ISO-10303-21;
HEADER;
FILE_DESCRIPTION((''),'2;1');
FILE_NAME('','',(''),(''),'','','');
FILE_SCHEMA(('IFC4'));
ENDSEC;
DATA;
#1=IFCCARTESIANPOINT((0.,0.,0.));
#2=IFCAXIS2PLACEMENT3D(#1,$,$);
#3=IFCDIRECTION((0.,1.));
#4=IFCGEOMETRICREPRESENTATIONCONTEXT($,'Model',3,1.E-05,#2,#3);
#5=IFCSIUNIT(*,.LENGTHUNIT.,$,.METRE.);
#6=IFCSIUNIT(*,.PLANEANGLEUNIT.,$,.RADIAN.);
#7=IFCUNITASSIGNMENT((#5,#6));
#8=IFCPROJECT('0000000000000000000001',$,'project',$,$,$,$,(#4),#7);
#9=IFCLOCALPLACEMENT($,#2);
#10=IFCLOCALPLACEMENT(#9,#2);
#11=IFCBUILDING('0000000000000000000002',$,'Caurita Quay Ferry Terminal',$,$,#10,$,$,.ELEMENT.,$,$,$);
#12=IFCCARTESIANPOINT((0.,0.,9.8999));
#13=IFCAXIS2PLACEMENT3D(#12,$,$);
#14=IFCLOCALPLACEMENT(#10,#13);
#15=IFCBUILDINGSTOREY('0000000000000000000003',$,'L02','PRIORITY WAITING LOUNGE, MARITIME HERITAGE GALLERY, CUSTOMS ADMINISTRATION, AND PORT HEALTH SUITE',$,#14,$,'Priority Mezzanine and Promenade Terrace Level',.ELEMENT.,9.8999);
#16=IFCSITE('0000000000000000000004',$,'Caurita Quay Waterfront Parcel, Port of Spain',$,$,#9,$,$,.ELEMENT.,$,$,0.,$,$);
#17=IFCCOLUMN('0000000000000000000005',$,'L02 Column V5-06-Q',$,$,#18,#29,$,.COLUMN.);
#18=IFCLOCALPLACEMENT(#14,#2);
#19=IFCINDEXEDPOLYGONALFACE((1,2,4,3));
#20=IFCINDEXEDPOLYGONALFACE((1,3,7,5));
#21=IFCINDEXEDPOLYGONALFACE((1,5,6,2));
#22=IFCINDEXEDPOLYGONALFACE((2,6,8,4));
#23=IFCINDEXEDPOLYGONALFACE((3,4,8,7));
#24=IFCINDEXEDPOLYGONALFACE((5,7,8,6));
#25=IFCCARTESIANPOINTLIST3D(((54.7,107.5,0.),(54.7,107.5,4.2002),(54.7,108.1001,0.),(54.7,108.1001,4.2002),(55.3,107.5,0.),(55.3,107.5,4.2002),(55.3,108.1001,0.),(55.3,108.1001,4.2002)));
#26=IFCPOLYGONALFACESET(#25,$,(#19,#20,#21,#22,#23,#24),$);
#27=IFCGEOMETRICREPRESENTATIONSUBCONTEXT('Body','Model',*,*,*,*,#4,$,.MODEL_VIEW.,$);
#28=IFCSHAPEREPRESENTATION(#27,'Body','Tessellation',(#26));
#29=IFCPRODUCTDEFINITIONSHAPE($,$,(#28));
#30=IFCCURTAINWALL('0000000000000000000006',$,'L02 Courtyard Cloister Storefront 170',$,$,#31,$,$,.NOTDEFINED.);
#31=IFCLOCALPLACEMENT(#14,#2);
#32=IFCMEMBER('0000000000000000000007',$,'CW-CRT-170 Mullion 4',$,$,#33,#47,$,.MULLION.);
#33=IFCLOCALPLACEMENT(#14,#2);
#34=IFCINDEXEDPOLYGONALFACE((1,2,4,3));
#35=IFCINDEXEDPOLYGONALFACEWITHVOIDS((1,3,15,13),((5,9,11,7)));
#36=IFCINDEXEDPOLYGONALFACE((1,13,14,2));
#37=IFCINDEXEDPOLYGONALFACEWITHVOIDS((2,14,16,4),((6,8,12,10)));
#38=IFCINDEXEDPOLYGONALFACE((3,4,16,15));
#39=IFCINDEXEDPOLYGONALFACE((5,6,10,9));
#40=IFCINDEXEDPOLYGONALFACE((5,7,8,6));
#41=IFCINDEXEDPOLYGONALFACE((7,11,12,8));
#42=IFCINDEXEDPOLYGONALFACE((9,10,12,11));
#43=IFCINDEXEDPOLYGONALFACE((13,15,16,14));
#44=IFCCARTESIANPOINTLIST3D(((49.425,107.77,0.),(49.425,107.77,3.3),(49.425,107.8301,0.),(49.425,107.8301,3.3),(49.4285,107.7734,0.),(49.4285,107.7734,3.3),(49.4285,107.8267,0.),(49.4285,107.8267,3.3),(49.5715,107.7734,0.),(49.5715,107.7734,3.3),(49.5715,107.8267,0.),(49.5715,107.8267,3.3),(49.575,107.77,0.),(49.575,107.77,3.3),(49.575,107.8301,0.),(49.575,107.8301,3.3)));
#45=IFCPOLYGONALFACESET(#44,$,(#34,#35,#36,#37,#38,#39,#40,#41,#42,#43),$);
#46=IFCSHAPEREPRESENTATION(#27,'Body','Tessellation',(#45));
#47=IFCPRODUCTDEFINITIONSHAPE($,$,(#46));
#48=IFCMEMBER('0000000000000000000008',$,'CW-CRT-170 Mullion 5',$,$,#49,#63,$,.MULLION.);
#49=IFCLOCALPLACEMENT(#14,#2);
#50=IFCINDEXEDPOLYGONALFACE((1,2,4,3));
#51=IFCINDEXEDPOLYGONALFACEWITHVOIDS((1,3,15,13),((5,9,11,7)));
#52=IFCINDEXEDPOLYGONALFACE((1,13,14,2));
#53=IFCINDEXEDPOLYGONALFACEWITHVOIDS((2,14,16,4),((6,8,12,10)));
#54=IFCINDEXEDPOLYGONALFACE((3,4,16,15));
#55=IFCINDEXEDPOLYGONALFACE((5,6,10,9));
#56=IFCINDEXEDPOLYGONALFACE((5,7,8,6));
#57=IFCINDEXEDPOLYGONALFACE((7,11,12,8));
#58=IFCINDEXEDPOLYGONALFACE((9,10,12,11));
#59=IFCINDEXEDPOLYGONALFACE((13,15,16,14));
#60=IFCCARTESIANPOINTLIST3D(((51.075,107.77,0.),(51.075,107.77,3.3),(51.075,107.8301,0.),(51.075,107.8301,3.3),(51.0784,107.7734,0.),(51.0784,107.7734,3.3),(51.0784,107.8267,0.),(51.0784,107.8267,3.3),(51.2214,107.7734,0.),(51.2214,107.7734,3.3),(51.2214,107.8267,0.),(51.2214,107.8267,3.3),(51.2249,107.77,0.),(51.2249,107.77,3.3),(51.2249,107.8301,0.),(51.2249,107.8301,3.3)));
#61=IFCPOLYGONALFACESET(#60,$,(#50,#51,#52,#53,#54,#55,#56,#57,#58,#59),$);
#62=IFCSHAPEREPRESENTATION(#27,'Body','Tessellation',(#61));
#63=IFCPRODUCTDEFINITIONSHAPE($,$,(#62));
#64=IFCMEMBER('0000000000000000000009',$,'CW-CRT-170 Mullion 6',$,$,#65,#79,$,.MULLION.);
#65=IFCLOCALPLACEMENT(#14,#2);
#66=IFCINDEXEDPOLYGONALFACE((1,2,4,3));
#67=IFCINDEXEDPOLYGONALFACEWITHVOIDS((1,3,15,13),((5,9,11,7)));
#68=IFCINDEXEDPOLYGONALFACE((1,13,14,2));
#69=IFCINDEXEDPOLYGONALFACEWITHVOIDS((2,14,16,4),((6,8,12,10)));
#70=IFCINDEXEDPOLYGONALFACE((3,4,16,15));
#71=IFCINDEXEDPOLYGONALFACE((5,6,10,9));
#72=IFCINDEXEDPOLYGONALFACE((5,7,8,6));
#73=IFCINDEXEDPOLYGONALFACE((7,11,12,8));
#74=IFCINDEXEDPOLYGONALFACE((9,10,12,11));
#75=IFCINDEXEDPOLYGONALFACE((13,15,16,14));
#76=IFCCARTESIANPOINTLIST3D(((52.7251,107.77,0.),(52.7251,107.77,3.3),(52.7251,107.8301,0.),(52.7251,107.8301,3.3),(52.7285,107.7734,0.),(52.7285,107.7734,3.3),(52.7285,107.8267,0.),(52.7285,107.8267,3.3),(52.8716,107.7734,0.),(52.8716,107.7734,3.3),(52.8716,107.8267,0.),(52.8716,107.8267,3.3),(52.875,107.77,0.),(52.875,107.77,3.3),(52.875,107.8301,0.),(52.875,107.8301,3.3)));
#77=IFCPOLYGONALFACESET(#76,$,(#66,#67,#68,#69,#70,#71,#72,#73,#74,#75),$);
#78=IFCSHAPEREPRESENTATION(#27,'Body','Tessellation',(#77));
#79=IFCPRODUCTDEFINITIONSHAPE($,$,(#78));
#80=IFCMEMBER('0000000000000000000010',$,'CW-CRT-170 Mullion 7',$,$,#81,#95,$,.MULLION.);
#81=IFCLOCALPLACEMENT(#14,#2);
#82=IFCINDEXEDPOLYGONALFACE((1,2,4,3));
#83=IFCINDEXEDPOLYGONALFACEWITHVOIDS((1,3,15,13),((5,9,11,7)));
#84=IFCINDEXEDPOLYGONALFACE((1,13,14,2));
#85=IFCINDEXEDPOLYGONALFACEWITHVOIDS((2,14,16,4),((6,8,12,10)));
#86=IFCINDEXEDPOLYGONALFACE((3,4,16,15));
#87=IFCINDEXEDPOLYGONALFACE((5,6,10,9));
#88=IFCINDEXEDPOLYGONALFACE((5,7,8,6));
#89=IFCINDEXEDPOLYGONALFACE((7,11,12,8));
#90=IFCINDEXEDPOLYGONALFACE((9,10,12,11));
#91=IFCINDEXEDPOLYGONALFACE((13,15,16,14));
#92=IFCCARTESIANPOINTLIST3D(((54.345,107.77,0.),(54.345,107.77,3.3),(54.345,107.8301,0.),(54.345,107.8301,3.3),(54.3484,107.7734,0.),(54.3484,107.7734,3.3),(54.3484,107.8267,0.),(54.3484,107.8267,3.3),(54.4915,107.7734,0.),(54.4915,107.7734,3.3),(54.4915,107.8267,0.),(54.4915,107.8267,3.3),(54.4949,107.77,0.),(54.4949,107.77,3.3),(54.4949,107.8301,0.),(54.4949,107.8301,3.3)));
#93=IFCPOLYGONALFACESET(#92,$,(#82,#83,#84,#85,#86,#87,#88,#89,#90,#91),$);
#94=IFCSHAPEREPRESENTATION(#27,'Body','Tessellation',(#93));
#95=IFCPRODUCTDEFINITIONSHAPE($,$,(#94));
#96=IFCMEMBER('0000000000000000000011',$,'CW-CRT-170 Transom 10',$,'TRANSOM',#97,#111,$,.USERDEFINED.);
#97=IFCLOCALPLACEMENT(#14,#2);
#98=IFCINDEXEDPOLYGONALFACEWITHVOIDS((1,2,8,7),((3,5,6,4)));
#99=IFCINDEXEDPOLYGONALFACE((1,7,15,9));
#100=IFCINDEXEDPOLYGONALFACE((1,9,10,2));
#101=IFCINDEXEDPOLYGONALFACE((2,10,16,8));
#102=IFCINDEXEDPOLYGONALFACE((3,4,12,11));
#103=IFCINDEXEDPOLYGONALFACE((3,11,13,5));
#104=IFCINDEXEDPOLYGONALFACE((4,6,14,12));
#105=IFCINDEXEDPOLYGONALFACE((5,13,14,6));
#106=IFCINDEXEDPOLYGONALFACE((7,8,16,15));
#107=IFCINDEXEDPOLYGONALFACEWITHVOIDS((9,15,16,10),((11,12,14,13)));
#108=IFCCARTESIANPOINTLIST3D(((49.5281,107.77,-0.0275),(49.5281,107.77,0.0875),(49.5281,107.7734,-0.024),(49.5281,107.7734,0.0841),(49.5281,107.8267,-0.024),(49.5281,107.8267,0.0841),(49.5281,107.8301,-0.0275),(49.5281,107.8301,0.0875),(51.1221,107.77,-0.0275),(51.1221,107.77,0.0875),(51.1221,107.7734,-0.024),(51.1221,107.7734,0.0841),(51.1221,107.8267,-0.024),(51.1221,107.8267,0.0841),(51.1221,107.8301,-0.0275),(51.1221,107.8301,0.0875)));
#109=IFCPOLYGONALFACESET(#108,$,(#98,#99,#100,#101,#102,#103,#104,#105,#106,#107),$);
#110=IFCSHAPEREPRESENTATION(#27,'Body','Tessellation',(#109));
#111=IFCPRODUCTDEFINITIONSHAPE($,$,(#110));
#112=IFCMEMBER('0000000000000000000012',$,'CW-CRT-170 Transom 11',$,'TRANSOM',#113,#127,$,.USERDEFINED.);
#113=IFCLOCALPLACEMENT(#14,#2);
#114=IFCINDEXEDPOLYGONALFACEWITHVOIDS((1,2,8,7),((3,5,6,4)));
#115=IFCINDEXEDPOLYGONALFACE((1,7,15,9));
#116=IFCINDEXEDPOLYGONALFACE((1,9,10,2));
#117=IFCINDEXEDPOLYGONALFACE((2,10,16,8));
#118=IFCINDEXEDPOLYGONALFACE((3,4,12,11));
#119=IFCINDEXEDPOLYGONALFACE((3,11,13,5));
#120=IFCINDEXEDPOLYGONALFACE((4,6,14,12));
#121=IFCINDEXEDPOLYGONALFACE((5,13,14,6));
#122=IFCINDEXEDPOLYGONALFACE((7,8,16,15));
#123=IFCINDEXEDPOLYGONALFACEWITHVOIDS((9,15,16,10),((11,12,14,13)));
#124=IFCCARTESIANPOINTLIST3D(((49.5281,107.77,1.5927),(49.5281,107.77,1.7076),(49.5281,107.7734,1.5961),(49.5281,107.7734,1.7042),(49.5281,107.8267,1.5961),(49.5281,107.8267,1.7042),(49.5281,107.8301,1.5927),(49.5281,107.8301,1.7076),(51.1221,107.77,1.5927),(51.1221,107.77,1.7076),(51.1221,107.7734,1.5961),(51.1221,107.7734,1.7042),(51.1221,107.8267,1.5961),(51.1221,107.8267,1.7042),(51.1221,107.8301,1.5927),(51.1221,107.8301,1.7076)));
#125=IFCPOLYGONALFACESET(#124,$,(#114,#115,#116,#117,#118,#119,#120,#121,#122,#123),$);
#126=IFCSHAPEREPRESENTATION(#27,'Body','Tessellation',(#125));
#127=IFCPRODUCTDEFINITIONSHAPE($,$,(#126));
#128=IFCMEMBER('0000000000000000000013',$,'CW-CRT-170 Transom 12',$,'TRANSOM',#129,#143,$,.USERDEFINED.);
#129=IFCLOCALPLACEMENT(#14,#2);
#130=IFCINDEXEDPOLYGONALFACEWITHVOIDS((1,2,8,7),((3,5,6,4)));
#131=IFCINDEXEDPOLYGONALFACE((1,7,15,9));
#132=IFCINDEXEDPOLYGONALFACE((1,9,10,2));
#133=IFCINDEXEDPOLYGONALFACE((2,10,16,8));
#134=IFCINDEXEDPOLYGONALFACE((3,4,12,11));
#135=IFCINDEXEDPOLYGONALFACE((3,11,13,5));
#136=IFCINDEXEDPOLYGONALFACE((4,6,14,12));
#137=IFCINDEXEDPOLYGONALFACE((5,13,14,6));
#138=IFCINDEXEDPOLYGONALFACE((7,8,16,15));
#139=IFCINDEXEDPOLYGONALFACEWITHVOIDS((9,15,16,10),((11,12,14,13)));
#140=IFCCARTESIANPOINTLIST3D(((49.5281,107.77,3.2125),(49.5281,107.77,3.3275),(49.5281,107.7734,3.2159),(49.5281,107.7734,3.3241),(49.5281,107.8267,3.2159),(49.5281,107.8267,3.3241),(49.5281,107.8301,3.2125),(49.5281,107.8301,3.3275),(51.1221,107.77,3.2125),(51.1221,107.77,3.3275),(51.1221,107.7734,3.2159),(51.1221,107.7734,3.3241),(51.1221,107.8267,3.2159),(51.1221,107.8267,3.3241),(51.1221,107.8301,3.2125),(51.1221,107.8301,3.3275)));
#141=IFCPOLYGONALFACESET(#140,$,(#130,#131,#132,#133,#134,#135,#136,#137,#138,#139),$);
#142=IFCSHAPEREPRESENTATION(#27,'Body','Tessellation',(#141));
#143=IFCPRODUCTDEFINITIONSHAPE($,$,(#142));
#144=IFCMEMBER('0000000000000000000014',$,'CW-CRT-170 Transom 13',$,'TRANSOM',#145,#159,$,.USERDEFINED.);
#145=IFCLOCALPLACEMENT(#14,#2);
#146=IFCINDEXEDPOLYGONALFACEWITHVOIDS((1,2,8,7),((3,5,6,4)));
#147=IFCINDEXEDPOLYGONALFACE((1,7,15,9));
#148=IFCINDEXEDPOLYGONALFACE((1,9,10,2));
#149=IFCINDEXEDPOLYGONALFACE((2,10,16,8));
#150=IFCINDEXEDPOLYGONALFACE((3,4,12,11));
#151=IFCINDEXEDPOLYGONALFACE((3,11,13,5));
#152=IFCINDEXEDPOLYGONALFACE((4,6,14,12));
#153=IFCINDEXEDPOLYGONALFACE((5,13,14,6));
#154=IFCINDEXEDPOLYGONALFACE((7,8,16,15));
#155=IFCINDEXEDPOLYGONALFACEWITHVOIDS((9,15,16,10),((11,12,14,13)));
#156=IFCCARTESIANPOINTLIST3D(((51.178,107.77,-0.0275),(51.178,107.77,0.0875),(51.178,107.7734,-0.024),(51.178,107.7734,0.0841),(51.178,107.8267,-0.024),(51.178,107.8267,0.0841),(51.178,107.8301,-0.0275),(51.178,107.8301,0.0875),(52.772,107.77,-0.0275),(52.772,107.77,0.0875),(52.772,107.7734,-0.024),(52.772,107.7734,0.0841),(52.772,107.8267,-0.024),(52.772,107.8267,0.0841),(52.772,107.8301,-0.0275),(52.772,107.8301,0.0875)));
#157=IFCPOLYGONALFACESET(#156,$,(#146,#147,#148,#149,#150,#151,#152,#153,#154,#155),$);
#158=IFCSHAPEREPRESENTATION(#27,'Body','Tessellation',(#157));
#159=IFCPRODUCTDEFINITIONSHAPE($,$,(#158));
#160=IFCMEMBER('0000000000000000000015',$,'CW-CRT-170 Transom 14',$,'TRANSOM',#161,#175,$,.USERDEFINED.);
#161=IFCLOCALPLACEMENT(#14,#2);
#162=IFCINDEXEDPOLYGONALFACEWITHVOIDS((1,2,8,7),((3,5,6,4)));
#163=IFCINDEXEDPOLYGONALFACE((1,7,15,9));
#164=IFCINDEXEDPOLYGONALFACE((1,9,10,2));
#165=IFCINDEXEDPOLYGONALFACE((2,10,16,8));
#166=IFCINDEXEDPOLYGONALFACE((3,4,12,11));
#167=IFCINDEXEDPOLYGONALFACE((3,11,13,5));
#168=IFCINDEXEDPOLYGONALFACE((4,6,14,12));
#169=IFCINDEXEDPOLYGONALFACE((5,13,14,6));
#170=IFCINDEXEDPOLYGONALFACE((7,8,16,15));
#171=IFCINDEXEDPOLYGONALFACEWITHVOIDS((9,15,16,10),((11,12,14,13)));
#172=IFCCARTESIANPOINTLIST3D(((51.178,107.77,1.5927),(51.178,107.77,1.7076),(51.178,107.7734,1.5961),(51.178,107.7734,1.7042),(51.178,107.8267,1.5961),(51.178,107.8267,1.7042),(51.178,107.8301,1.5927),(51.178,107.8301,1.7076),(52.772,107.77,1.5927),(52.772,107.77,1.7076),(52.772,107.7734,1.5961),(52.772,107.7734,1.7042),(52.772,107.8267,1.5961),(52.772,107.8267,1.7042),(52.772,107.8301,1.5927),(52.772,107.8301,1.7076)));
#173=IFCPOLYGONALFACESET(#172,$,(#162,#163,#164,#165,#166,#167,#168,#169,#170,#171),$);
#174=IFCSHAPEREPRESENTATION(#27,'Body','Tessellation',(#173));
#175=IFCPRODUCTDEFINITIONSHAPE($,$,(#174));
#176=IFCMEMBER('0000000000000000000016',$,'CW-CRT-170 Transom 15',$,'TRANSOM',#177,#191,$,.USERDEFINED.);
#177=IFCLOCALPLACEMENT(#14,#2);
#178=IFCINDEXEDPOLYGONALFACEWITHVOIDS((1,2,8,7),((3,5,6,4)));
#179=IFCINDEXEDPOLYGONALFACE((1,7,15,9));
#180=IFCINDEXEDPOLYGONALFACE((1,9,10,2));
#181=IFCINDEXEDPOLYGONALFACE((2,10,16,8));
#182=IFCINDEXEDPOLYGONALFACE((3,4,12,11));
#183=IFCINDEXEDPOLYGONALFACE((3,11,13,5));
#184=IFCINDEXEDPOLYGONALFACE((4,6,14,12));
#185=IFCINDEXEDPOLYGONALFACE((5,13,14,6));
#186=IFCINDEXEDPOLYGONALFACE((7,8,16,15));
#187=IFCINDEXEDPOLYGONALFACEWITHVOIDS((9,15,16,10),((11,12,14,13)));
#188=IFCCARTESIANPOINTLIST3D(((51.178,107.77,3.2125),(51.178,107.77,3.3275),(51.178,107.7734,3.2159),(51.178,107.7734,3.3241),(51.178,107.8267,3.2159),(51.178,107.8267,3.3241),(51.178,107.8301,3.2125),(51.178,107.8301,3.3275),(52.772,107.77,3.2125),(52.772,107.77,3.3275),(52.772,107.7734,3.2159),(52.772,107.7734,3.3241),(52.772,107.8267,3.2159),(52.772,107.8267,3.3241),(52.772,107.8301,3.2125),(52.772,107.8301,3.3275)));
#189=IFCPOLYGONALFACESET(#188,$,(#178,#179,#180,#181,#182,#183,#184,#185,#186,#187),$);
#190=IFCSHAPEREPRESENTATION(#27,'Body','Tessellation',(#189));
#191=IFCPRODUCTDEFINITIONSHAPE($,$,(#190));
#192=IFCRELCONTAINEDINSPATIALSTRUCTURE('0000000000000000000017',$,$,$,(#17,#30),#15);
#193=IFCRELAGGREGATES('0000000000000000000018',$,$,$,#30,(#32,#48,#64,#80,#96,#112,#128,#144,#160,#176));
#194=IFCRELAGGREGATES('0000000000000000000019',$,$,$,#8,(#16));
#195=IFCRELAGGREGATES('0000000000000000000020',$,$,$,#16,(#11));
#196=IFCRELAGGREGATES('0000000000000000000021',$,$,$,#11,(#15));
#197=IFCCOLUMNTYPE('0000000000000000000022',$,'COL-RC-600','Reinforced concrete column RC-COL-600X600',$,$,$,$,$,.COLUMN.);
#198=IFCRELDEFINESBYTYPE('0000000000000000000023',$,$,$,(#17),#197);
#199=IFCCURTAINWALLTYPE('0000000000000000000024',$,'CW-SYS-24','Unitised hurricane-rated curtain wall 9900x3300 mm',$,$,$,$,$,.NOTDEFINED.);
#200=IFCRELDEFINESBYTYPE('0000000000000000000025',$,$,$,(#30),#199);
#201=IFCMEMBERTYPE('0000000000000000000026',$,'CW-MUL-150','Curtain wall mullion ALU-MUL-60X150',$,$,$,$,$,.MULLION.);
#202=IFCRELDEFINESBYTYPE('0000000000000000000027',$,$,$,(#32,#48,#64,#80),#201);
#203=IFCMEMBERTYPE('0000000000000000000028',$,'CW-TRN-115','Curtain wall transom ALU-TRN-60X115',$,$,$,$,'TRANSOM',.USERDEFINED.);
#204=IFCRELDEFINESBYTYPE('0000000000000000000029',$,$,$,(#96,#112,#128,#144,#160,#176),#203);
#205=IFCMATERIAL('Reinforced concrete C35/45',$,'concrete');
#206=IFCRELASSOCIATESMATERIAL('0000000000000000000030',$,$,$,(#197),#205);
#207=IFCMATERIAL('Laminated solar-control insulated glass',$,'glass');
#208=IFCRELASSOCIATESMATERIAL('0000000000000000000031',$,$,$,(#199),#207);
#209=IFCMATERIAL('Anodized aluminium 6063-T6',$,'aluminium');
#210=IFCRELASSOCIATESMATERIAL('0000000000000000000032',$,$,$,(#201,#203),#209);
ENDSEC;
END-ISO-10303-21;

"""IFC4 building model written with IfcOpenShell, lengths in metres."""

from ifc_helpers import new_model, si_unit, direction, frame, origin, origin_2d, place, context, subcontext, project, spatial, rectangle, hollow_rectangle, extrude, material, material_profile, profile_set, type_object, element, aggregate, save


model = new_model("IFC4")

# Units and contexts
model_context = context("Model", 3, precision=1e-05, world=origin(), true_north=direction((0.0, 1.0)))
body_context = subcontext(model_context, "Body", "Model", "MODEL_VIEW")
ifc_project = project(units=[si_unit("LENGTHUNIT", "METRE"), si_unit("PLANEANGLEUNIT", "RADIAN")], contexts=[model_context])

# Site, building, storey
site_placement = place(None, origin())
site = spatial("IfcSite", under=ifc_project, at=site_placement, Name="Caurita Quay Waterfront Parcel, Port of Spain", CompositionType="ELEMENT", RefElevation=0.0)
building_placement = place(site_placement, origin())
building = spatial("IfcBuilding", under=site, at=building_placement, Name="Caurita Quay Ferry Terminal", CompositionType="ELEMENT")
storey_placement = place(building_placement, frame((0.0, 0.0, 9.8999)))
storey = spatial("IfcBuildingStorey", under=building, at=storey_placement, Name="L02", Description="PRIORITY WAITING LOUNGE, MARITIME HERITAGE GALLERY, CUSTOMS ADMINISTRATION, AND PORT HEALTH SUITE", LongName="Priority Mezzanine and Promenade Terrace Level", CompositionType="ELEMENT", Elevation=9.8999)

# Column
ifc_material_1 = material(Name="Reinforced concrete C35/45", Category="concrete")
ifc_material_profile_1 = material_profile(ifc_material_1, rectangle(XDim=0.6001, YDim=0.6001, at=origin_2d()), Name="RC-COL-600X600")
ifc_profile_set_1 = profile_set([ifc_material_profile_1], Name="Reinforced concrete C35/45")
column_type = type_object("IfcColumnType", Name="COL-RC-600", Description="Reinforced concrete column RC-COL-600X600", PredefinedType="COLUMN", material=ifc_profile_set_1)
column_placement = place(storey_placement, frame((55.0, 107.8, 0.0), z_axis=(0.0, 0.0, 1.0), x_axis=(1.0, 0.0, 0.0)))
element("IfcColumn", 1, at=column_placement, inside=storey, type_object=column_type, Name="L02 Column V5-06-Q", PredefinedType="COLUMN", context=body_context, shape_type="SweptSolid", body=[
    extrude(rectangle(XDim=0.6001, YDim=0.6001, at=origin_2d()), origin(), (0.0, 0.0, 1.0), 4.2002),
])

# Curtain wall, members
ifc_material_2 = material(Name="Laminated solar-control insulated glass", Category="glass")
curtain_wall_type = type_object("IfcCurtainWallType", Name="CW-SYS-24", Description="Unitised hurricane-rated curtain wall 9900x3300 mm", PredefinedType="NOTDEFINED", material=ifc_material_2)
curtain_wall_placement = place(storey_placement, origin())
curtain_wall = element("IfcCurtainWall", 2, at=curtain_wall_placement, inside=storey, type_object=curtain_wall_type, Name="L02 Courtyard Cloister Storefront 170", PredefinedType="NOTDEFINED")
ifc_material_3 = material(Name="Anodized aluminium 6063-T6", Category="aluminium")
ifc_material_profile_2 = material_profile(ifc_material_3, hollow_rectangle(XDim=0.0601, YDim=0.1499, WallThickness=0.0034, at=origin_2d()), Name="ALU-MUL-60X150")
ifc_profile_set_2 = profile_set([ifc_material_profile_2], Name="Anodized aluminium 6063-T6")
member_type_1 = type_object("IfcMemberType", Name="CW-MUL-150", Description="Curtain wall mullion ALU-MUL-60X150", PredefinedType="MULLION", material=ifc_profile_set_2)
member_1_placement = place(storey_placement, frame((49.5, 107.8, 0.0), z_axis=(0.0, 0.0, 1.0), x_axis=(0.0, 1.0, 0.0)))
member_1 = element("IfcMember", 3, at=member_1_placement, type_object=member_type_1, Name="CW-CRT-170 Mullion 4", PredefinedType="MULLION", context=body_context, shape_type="SweptSolid", body=[
    extrude(hollow_rectangle(XDim=0.0601, YDim=0.1499, WallThickness=0.0034, at=origin_2d()), origin(), (0.0, 0.0, 1.0), 3.3),
])
member_2_placement = place(storey_placement, frame((51.1499, 107.8, 0.0), z_axis=(0.0, 0.0, 1.0), x_axis=(0.0, 1.0, 0.0)))
member_2 = element("IfcMember", 4, at=member_2_placement, type_object=member_type_1, Name="CW-CRT-170 Mullion 5", PredefinedType="MULLION", context=body_context, shape_type="SweptSolid", body=[
    extrude(hollow_rectangle(XDim=0.0601, YDim=0.1499, WallThickness=0.0034, at=origin_2d()), origin(), (0.0, 0.0, 1.0), 3.3),
])
member_3_placement = place(storey_placement, frame((52.8, 107.8, 0.0), z_axis=(0.0, 0.0, 1.0), x_axis=(0.0, 1.0, 0.0)))
member_3 = element("IfcMember", 5, at=member_3_placement, type_object=member_type_1, Name="CW-CRT-170 Mullion 6", PredefinedType="MULLION", context=body_context, shape_type="SweptSolid", body=[
    extrude(hollow_rectangle(XDim=0.0601, YDim=0.1499, WallThickness=0.0034, at=origin_2d()), origin(), (0.0, 0.0, 1.0), 3.3),
])
member_4_placement = place(storey_placement, frame((54.4199, 107.8, 0.0), z_axis=(0.0, 0.0, 1.0), x_axis=(0.0, 1.0, 0.0)))
member_4 = element("IfcMember", 6, at=member_4_placement, type_object=member_type_1, Name="CW-CRT-170 Mullion 7", PredefinedType="MULLION", context=body_context, shape_type="SweptSolid", body=[
    extrude(hollow_rectangle(XDim=0.0601, YDim=0.1499, WallThickness=0.0034, at=origin_2d()), origin(), (0.0, 0.0, 1.0), 3.3),
])
ifc_material_profile_3 = material_profile(ifc_material_3, hollow_rectangle(XDim=0.0601, YDim=0.115, WallThickness=0.0034, at=origin_2d()), Name="ALU-TRN-60X115")
ifc_profile_set_3 = profile_set([ifc_material_profile_3], Name="Anodized aluminium 6063-T6")
member_type_2 = type_object("IfcMemberType", Name="CW-TRN-115", Description="Curtain wall transom ALU-TRN-60X115", ElementType="TRANSOM", PredefinedType="USERDEFINED", material=ifc_profile_set_3)
member_5_placement = place(storey_placement, frame((49.5281, 107.8, 0.03), z_axis=(1.0, 0.0, 0.0), x_axis=(0.0, 1.0, 0.0)))
member_5 = element("IfcMember", 7, at=member_5_placement, type_object=member_type_2, Name="CW-CRT-170 Transom 10", ObjectType="TRANSOM", PredefinedType="USERDEFINED", context=body_context, shape_type="SweptSolid", body=[
    extrude(hollow_rectangle(XDim=0.0601, YDim=0.115, WallThickness=0.0034, at=origin_2d()), origin(), (0.0, 0.0, 1.0), 1.594),
])
member_6_placement = place(storey_placement, frame((49.5281, 107.8, 1.6501), z_axis=(1.0, 0.0, 0.0), x_axis=(0.0, 1.0, 0.0)))
member_6 = element("IfcMember", 8, at=member_6_placement, type_object=member_type_2, Name="CW-CRT-170 Transom 11", ObjectType="TRANSOM", PredefinedType="USERDEFINED", context=body_context, shape_type="SweptSolid", body=[
    extrude(hollow_rectangle(XDim=0.0601, YDim=0.115, WallThickness=0.0034, at=origin_2d()), origin(), (0.0, 0.0, 1.0), 1.594),
])
member_7_placement = place(storey_placement, frame((49.5281, 107.8, 3.27), z_axis=(1.0, 0.0, 0.0), x_axis=(0.0, 1.0, 0.0)))
member_7 = element("IfcMember", 9, at=member_7_placement, type_object=member_type_2, Name="CW-CRT-170 Transom 12", ObjectType="TRANSOM", PredefinedType="USERDEFINED", context=body_context, shape_type="SweptSolid", body=[
    extrude(hollow_rectangle(XDim=0.0601, YDim=0.115, WallThickness=0.0034, at=origin_2d()), origin(), (0.0, 0.0, 1.0), 1.594),
])
member_8_placement = place(storey_placement, frame((51.178, 107.8, 0.03), z_axis=(1.0, 0.0, 0.0), x_axis=(0.0, 1.0, 0.0)))
member_8 = element("IfcMember", 10, at=member_8_placement, type_object=member_type_2, Name="CW-CRT-170 Transom 13", ObjectType="TRANSOM", PredefinedType="USERDEFINED", context=body_context, shape_type="SweptSolid", body=[
    extrude(hollow_rectangle(XDim=0.0601, YDim=0.115, WallThickness=0.0034, at=origin_2d()), origin(), (0.0, 0.0, 1.0), 1.594),
])
member_9_placement = place(storey_placement, frame((51.178, 107.8, 1.6501), z_axis=(1.0, 0.0, 0.0), x_axis=(0.0, 1.0, 0.0)))
member_9 = element("IfcMember", 11, at=member_9_placement, type_object=member_type_2, Name="CW-CRT-170 Transom 14", ObjectType="TRANSOM", PredefinedType="USERDEFINED", context=body_context, shape_type="SweptSolid", body=[
    extrude(hollow_rectangle(XDim=0.0601, YDim=0.115, WallThickness=0.0034, at=origin_2d()), origin(), (0.0, 0.0, 1.0), 1.594),
])
member_10_placement = place(storey_placement, frame((51.178, 107.8, 3.27), z_axis=(1.0, 0.0, 0.0), x_axis=(0.0, 1.0, 0.0)))
member_10 = element("IfcMember", 12, at=member_10_placement, type_object=member_type_2, Name="CW-CRT-170 Transom 15", ObjectType="TRANSOM", PredefinedType="USERDEFINED", context=body_context, shape_type="SweptSolid", body=[
    extrude(hollow_rectangle(XDim=0.0601, YDim=0.115, WallThickness=0.0034, at=origin_2d()), origin(), (0.0, 0.0, 1.0), 1.594),
])
aggregate(curtain_wall, [member_1, member_2, member_3, member_4, member_5, member_6, member_7, member_8, member_9, member_10])

save(model, "model.ifc")
